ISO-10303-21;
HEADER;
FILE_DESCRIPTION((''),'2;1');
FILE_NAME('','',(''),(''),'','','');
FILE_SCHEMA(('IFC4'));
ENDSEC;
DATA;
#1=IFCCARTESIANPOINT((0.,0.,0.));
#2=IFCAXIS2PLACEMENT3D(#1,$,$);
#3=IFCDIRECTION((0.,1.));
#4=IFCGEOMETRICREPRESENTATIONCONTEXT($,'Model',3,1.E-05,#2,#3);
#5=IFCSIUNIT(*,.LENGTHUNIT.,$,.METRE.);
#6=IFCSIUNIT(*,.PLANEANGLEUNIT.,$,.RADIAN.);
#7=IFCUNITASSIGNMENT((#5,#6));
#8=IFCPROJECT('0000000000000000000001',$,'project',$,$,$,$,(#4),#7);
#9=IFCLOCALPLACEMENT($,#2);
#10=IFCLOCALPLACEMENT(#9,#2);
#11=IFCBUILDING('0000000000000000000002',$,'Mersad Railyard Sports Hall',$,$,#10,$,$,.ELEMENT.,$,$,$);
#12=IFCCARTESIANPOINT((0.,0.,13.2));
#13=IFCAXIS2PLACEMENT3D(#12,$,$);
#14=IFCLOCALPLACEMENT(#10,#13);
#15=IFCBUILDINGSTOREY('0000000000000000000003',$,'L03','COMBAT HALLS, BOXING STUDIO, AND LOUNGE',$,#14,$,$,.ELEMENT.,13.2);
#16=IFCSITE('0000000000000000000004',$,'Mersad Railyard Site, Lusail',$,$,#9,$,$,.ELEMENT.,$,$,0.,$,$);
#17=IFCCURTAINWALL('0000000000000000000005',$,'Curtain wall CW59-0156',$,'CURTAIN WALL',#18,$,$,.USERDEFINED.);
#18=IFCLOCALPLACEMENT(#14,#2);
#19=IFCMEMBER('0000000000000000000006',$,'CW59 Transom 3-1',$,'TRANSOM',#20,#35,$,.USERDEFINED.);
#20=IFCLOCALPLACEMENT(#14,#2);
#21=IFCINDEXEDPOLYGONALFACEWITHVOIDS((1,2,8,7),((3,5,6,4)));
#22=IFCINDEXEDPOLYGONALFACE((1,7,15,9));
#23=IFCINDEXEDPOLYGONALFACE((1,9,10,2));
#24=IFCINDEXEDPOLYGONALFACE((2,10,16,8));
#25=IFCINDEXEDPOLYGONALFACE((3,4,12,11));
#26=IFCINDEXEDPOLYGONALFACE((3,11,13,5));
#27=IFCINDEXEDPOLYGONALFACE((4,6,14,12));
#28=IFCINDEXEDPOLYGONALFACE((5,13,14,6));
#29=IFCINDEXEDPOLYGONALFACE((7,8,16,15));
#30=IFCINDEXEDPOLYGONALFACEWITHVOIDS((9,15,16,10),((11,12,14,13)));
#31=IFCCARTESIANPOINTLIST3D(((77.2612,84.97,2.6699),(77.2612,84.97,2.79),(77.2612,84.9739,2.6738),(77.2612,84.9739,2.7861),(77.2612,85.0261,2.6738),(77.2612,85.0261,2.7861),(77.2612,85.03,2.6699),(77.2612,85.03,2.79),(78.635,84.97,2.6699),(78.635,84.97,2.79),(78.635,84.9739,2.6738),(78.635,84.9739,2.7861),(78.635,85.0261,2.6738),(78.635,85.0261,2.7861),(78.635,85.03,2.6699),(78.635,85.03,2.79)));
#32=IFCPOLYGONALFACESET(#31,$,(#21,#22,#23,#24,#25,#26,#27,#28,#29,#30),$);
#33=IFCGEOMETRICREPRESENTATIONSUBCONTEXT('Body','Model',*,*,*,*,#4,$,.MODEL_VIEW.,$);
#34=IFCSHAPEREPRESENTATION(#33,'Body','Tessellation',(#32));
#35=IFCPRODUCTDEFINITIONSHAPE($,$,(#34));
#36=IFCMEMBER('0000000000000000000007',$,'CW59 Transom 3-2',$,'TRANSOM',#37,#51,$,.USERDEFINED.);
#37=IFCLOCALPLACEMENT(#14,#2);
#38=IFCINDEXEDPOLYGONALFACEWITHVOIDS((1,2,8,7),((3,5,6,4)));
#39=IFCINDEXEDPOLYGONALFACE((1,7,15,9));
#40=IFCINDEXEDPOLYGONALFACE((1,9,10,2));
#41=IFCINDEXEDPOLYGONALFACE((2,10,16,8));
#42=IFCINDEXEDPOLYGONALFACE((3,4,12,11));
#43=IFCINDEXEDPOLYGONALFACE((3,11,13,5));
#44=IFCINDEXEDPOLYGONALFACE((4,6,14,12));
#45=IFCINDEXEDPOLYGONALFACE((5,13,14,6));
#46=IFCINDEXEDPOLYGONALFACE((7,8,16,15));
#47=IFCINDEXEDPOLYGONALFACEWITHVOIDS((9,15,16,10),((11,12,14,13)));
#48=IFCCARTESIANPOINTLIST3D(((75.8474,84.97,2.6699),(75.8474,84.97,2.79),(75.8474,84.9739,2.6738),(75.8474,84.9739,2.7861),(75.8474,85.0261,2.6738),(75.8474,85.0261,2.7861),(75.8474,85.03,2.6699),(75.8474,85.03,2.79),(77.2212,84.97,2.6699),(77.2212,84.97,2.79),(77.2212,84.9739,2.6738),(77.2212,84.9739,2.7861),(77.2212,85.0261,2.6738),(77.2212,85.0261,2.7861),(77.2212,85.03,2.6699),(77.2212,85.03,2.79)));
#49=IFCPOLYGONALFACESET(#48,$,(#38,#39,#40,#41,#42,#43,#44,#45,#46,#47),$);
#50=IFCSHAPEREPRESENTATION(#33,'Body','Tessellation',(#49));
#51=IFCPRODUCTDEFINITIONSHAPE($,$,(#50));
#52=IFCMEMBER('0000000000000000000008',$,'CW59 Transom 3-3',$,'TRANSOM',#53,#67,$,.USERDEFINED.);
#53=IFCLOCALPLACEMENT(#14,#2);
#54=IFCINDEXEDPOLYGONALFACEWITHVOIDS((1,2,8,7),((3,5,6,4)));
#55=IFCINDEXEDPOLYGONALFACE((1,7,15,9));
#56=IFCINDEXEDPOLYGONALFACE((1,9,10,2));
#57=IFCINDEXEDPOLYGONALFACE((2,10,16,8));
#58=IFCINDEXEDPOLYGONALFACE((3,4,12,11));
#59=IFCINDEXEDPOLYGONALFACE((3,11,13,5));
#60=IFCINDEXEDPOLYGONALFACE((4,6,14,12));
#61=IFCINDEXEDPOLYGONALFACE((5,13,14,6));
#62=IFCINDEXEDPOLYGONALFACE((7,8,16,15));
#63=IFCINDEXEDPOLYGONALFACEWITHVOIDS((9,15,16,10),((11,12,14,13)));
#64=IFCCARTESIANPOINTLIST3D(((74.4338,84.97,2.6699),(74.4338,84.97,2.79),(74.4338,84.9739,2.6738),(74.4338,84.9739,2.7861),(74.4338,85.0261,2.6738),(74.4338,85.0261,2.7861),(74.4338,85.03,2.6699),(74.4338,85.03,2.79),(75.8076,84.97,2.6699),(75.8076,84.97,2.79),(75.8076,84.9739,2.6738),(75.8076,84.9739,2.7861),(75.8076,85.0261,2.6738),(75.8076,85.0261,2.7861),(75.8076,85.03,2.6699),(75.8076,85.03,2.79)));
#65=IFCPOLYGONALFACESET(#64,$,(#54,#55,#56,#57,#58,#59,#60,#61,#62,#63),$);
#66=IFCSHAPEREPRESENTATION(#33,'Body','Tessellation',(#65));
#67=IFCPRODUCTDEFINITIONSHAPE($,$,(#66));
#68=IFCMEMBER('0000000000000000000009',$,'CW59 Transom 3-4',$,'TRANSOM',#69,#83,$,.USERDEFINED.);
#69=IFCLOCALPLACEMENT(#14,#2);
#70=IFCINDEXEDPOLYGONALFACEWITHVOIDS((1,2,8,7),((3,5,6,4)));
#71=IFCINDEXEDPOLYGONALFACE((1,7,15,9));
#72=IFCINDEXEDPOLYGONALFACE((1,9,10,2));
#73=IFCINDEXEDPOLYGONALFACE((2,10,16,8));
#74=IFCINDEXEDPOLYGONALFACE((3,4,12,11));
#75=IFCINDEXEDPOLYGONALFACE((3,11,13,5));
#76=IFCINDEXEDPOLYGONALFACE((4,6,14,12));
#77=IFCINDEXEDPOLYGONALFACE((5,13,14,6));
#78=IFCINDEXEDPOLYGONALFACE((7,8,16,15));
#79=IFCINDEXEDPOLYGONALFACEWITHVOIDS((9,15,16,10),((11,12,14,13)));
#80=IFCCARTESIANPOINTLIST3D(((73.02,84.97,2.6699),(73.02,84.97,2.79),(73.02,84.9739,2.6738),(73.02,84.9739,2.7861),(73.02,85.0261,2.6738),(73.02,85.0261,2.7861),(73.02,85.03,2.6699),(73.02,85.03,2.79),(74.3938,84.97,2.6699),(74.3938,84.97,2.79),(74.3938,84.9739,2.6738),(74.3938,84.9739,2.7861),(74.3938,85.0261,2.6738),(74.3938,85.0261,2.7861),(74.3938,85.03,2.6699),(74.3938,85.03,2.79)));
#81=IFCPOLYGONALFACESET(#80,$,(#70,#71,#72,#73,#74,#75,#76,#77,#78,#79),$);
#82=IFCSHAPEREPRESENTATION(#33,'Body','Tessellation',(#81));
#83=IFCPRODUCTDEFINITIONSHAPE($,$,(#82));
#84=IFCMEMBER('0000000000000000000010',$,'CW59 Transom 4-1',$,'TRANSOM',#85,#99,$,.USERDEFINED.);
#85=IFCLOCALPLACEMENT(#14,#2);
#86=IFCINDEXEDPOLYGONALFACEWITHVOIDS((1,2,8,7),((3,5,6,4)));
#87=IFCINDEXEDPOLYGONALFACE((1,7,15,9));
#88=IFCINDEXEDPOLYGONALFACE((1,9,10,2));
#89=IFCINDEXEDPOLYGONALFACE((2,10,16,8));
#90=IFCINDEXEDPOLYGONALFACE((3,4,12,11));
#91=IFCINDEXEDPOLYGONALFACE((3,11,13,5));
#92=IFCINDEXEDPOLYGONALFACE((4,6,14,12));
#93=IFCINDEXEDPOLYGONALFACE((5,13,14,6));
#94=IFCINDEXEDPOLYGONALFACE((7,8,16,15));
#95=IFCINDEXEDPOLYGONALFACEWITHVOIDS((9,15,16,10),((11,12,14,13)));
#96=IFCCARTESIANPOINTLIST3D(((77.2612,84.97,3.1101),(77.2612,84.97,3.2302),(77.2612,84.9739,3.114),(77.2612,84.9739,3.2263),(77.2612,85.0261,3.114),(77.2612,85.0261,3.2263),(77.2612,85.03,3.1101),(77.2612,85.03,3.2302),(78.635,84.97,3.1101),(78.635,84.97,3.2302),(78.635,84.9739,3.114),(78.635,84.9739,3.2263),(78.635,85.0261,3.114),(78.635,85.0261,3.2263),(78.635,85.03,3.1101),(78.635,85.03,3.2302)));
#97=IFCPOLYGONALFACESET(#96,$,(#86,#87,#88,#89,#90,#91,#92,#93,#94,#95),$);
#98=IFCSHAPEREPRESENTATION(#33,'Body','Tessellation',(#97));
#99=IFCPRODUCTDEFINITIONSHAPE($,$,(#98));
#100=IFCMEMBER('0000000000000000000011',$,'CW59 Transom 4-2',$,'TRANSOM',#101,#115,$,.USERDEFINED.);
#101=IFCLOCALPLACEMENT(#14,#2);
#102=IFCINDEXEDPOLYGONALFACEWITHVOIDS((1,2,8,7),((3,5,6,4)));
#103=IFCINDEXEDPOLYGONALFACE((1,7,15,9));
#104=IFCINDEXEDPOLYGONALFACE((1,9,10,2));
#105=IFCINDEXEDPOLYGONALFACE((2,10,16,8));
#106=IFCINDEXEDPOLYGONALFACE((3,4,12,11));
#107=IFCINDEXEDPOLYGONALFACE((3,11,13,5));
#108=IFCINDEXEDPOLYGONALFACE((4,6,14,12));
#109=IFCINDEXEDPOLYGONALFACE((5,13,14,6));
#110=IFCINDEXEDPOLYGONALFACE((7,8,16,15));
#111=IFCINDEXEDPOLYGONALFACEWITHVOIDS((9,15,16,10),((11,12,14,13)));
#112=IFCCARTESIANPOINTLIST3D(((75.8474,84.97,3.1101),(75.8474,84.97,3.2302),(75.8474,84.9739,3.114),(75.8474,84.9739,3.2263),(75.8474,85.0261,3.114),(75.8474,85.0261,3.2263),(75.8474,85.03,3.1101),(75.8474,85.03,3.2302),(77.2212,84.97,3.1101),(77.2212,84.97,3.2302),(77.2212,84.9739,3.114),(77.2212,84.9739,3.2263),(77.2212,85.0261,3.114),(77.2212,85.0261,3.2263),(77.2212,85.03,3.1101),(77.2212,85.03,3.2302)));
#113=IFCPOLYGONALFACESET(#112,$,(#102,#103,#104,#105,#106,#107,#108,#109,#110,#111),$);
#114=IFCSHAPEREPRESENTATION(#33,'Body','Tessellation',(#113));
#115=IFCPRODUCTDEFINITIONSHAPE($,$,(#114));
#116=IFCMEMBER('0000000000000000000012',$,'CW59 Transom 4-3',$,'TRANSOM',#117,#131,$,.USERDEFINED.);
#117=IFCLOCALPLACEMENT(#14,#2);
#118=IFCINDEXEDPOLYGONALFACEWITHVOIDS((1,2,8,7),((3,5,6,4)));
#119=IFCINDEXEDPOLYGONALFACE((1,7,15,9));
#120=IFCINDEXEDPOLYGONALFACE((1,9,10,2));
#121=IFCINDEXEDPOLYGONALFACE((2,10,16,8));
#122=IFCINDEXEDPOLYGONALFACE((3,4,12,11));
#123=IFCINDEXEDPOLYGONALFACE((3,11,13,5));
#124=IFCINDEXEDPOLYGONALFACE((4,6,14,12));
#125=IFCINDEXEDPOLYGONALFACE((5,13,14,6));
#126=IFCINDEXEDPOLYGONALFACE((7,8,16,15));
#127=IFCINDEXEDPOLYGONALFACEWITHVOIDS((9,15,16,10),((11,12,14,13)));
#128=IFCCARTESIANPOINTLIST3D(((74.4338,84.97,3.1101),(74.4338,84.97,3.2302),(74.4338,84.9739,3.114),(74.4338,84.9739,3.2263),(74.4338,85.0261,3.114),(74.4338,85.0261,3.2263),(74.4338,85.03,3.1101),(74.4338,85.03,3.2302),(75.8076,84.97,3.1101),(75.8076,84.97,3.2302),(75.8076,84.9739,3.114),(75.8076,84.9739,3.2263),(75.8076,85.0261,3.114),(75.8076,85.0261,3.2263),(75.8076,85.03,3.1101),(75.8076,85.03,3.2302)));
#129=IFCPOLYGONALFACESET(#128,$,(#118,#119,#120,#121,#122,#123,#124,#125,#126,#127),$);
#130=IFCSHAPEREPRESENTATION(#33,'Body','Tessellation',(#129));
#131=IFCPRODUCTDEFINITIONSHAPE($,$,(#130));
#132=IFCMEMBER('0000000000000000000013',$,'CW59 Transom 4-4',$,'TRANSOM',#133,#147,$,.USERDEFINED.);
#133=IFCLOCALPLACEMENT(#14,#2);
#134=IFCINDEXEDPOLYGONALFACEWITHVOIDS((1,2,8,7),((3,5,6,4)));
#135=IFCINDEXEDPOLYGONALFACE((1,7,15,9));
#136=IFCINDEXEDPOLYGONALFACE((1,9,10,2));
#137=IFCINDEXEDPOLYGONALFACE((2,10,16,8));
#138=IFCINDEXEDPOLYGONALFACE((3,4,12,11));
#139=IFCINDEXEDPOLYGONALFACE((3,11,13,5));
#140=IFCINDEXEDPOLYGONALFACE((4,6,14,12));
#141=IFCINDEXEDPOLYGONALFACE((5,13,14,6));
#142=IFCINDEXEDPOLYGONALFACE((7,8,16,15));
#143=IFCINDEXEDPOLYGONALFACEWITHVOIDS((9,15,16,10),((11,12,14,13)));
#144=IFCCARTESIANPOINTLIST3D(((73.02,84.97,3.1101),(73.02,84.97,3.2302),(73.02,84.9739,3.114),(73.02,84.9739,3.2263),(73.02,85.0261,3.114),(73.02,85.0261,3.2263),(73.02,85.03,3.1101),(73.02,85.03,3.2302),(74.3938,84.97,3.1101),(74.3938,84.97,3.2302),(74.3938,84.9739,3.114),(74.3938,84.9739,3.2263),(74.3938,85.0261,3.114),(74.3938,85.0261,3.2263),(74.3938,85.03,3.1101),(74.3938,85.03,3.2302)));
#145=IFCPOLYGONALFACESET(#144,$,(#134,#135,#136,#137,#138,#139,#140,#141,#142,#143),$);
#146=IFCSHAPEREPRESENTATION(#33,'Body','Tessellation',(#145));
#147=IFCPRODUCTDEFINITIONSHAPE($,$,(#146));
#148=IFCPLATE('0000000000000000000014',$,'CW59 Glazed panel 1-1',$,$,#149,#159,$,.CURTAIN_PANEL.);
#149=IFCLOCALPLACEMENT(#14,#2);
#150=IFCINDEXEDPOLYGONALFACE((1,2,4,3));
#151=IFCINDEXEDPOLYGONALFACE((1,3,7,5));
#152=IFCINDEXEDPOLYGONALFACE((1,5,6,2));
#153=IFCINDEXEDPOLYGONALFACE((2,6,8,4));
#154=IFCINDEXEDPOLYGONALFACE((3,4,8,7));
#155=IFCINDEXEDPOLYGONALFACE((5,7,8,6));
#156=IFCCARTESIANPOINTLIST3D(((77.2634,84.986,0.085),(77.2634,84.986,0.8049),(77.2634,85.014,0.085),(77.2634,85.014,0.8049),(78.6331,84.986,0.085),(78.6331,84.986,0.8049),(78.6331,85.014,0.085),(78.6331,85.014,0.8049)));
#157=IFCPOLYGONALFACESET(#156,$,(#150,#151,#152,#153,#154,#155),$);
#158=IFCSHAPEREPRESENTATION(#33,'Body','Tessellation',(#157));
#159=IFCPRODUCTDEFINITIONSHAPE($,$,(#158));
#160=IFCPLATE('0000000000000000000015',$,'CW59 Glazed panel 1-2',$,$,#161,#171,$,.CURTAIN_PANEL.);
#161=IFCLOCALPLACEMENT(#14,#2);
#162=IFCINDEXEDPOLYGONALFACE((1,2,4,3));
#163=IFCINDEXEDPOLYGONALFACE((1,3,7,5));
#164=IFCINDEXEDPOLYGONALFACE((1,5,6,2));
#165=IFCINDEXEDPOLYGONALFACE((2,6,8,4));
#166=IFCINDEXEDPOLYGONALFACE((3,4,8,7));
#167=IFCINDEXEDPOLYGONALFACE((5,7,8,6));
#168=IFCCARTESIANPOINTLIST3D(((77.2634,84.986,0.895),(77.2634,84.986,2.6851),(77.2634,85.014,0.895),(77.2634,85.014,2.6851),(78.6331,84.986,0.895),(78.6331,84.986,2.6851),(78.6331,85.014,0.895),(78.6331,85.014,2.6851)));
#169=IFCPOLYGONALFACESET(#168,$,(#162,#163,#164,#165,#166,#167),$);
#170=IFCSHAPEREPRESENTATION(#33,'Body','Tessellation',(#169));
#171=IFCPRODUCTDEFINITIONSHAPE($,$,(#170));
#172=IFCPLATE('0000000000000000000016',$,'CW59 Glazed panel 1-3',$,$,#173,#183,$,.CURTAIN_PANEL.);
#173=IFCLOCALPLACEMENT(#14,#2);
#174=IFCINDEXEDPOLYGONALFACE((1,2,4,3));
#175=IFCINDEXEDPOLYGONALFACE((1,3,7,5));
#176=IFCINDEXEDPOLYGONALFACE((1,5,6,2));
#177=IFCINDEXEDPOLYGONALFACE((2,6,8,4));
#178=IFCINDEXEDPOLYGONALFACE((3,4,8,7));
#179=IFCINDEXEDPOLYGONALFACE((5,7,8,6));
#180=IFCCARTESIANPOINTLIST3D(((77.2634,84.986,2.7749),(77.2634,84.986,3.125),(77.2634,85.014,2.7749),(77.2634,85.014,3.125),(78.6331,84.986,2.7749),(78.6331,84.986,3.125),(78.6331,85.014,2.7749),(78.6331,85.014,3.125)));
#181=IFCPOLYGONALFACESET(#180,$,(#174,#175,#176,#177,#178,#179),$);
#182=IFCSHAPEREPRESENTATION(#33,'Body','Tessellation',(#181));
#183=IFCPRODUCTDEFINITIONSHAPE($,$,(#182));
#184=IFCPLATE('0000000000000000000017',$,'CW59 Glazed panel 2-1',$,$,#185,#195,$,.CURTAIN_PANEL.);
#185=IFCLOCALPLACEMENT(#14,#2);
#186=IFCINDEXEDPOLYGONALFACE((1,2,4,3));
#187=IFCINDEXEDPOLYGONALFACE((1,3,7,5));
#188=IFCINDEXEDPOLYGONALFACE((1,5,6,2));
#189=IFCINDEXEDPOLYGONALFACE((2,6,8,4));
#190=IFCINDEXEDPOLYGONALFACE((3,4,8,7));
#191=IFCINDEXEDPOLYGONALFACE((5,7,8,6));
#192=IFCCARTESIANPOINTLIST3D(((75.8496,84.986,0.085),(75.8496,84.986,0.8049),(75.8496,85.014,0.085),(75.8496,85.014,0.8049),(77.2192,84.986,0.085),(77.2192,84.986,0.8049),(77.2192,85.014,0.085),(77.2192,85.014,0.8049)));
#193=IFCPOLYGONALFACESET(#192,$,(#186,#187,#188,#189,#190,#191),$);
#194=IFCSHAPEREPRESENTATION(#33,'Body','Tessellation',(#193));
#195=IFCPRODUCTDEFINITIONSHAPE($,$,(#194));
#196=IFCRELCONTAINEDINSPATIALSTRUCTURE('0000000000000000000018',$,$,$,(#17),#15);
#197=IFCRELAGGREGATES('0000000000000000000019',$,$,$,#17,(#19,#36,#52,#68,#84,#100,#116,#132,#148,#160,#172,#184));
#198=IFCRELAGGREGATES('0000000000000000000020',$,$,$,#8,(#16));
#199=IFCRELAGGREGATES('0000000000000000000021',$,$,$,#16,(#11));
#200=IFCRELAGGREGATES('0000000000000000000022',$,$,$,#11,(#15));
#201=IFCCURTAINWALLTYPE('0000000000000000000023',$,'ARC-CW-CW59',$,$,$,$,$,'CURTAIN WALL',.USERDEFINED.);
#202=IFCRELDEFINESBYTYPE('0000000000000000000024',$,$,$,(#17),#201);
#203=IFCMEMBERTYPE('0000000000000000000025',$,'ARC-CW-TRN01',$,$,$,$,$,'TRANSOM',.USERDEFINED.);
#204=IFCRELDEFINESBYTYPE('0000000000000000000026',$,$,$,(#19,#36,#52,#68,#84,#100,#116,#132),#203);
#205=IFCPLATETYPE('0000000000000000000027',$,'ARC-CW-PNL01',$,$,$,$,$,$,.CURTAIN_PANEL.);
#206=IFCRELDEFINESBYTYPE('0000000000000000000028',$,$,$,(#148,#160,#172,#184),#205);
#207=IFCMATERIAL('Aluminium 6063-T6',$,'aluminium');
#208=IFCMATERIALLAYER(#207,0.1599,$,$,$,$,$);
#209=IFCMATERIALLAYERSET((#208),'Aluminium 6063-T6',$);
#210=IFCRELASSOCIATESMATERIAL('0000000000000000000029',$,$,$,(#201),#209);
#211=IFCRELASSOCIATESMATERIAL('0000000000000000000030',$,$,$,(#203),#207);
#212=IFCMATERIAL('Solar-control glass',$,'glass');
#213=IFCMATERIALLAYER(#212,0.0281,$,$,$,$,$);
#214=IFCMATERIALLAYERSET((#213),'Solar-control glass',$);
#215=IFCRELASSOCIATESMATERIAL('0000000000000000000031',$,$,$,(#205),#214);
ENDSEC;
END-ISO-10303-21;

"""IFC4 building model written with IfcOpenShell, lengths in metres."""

from ifc_helpers import new_model, si_unit, direction, frame, origin, origin_2d, place, context, subcontext, project, spatial, rectangle, hollow_rectangle, extrude, material, layer, layer_set, material_profile, profile_set, type_object, element, aggregate, save


model = new_model("IFC4")

# Units and contexts
model_context = context("Model", 3, precision=1e-05, world=origin(), true_north=direction((0.0, 1.0)))
body_context = subcontext(model_context, "Body", "Model", "MODEL_VIEW")
ifc_project = project(units=[si_unit("LENGTHUNIT", "METRE"), si_unit("PLANEANGLEUNIT", "RADIAN")], contexts=[model_context])

# Site, building, storey
site_placement = place(None, origin())
site = spatial("IfcSite", under=ifc_project, at=site_placement, Name="Mersad Railyard Site, Lusail", CompositionType="ELEMENT", RefElevation=0.0)
building_placement = place(site_placement, origin())
building = spatial("IfcBuilding", under=site, at=building_placement, Name="Mersad Railyard Sports Hall", CompositionType="ELEMENT")
storey_placement = place(building_placement, frame((0.0, 0.0, 13.2)))
storey = spatial("IfcBuildingStorey", under=building, at=storey_placement, Name="L03", Description="COMBAT HALLS, BOXING STUDIO, AND LOUNGE", CompositionType="ELEMENT", Elevation=13.2)

# Curtain wall, members, plates
ifc_material_1 = material(Name="Aluminium 6063-T6", Category="aluminium")
ifc_layer_1 = layer(ifc_material_1, 0.1599)
ifc_layer_set_1 = layer_set([ifc_layer_1], Name="Aluminium 6063-T6")
curtain_wall_type = type_object("IfcCurtainWallType", Name="ARC-CW-CW59", ElementType="CURTAIN WALL", PredefinedType="USERDEFINED", material=ifc_layer_set_1)
curtain_wall_placement = place(storey_placement, origin())
curtain_wall = element("IfcCurtainWall", 1, at=curtain_wall_placement, inside=storey, type_object=curtain_wall_type, Name="Curtain wall CW59-0156", ObjectType="CURTAIN WALL", PredefinedType="USERDEFINED")
ifc_material_profile_1 = material_profile(ifc_material_1, hollow_rectangle(XDim=0.0601, YDim=0.1201, WallThickness=0.0039, at=origin_2d()), Name="AL TRANSOM 60x120x4")
ifc_profile_set_1 = profile_set([ifc_material_profile_1], Name="Aluminium 6063-T6")
member_type_1 = type_object("IfcMemberType", Name="ARC-CW-TRN01", ElementType="TRANSOM", PredefinedType="USERDEFINED", material=ifc_profile_set_1)
member_1_placement = place(storey_placement, frame((78.635, 85.0, 2.73), z_axis=(-1.0, 0.0, 0.0), x_axis=(0.0, -1.0, 0.0)))
member_1 = element("IfcMember", 2, at=member_1_placement, type_object=member_type_1, Name="CW59 Transom 3-1", ObjectType="TRANSOM", PredefinedType="USERDEFINED", context=body_context, shape_type="SweptSolid", body=[
    extrude(hollow_rectangle(XDim=0.0601, YDim=0.1201, WallThickness=0.0039, at=origin_2d()), origin(), (0.0, 0.0, 1.0), 1.3738),
])
member_2_placement = place(storey_placement, frame((77.2212, 85.0, 2.73), z_axis=(-1.0, 0.0, 0.0), x_axis=(0.0, -1.0, 0.0)))
member_2 = element("IfcMember", 3, at=member_2_placement, type_object=member_type_1, Name="CW59 Transom 3-2", ObjectType="TRANSOM", PredefinedType="USERDEFINED", context=body_context, shape_type="SweptSolid", body=[
    extrude(hollow_rectangle(XDim=0.0601, YDim=0.1201, WallThickness=0.0039, at=origin_2d()), origin(), (0.0, 0.0, 1.0), 1.3738),
])
member_3_placement = place(storey_placement, frame((75.8076, 85.0, 2.73), z_axis=(-1.0, 0.0, 0.0), x_axis=(0.0, -1.0, 0.0)))
member_3 = element("IfcMember", 4, at=member_3_placement, type_object=member_type_1, Name="CW59 Transom 3-3", ObjectType="TRANSOM", PredefinedType="USERDEFINED", context=body_context, shape_type="SweptSolid", body=[
    extrude(hollow_rectangle(XDim=0.0601, YDim=0.1201, WallThickness=0.0039, at=origin_2d()), origin(), (0.0, 0.0, 1.0), 1.3738),
])
member_4_placement = place(storey_placement, frame((74.3938, 85.0, 2.73), z_axis=(-1.0, 0.0, 0.0), x_axis=(0.0, -1.0, 0.0)))
member_4 = element("IfcMember", 5, at=member_4_placement, type_object=member_type_1, Name="CW59 Transom 3-4", ObjectType="TRANSOM", PredefinedType="USERDEFINED", context=body_context, shape_type="SweptSolid", body=[
    extrude(hollow_rectangle(XDim=0.0601, YDim=0.1201, WallThickness=0.0039, at=origin_2d()), origin(), (0.0, 0.0, 1.0), 1.3738),
])
member_5_placement = place(storey_placement, frame((78.635, 85.0, 3.1702), z_axis=(-1.0, 0.0, 0.0), x_axis=(0.0, -1.0, 0.0)))
member_5 = element("IfcMember", 6, at=member_5_placement, type_object=member_type_1, Name="CW59 Transom 4-1", ObjectType="TRANSOM", PredefinedType="USERDEFINED", context=body_context, shape_type="SweptSolid", body=[
    extrude(hollow_rectangle(XDim=0.0601, YDim=0.1201, WallThickness=0.0039, at=origin_2d()), origin(), (0.0, 0.0, 1.0), 1.3738),
])
member_6_placement = place(storey_placement, frame((77.2212, 85.0, 3.1702), z_axis=(-1.0, 0.0, 0.0), x_axis=(0.0, -1.0, 0.0)))
member_6 = element("IfcMember", 7, at=member_6_placement, type_object=member_type_1, Name="CW59 Transom 4-2", ObjectType="TRANSOM", PredefinedType="USERDEFINED", context=body_context, shape_type="SweptSolid", body=[
    extrude(hollow_rectangle(XDim=0.0601, YDim=0.1201, WallThickness=0.0039, at=origin_2d()), origin(), (0.0, 0.0, 1.0), 1.3738),
])
member_7_placement = place(storey_placement, frame((75.8076, 85.0, 3.1702), z_axis=(-1.0, 0.0, 0.0), x_axis=(0.0, -1.0, 0.0)))
member_7 = element("IfcMember", 8, at=member_7_placement, type_object=member_type_1, Name="CW59 Transom 4-3", ObjectType="TRANSOM", PredefinedType="USERDEFINED", context=body_context, shape_type="SweptSolid", body=[
    extrude(hollow_rectangle(XDim=0.0601, YDim=0.1201, WallThickness=0.0039, at=origin_2d()), origin(), (0.0, 0.0, 1.0), 1.3738),
])
member_8_placement = place(storey_placement, frame((74.3938, 85.0, 3.1702), z_axis=(-1.0, 0.0, 0.0), x_axis=(0.0, -1.0, 0.0)))
member_8 = element("IfcMember", 9, at=member_8_placement, type_object=member_type_1, Name="CW59 Transom 4-4", ObjectType="TRANSOM", PredefinedType="USERDEFINED", context=body_context, shape_type="SweptSolid", body=[
    extrude(hollow_rectangle(XDim=0.0601, YDim=0.1201, WallThickness=0.0039, at=origin_2d()), origin(), (0.0, 0.0, 1.0), 1.3738),
])
ifc_material_2 = material(Name="Solar-control glass", Category="glass")
ifc_layer_2 = layer(ifc_material_2, 0.0281)
ifc_layer_set_2 = layer_set([ifc_layer_2], Name="Solar-control glass")
plate_type = type_object("IfcPlateType", Name="ARC-CW-PNL01", PredefinedType="CURTAIN_PANEL", material=ifc_layer_set_2)
plate_1_placement = place(storey_placement, frame((77.9482, 85.0, 0.085), z_axis=(0.0, 0.0, 1.0), x_axis=(-1.0, 0.0, 0.0)))
plate_1 = element("IfcPlate", 10, at=plate_1_placement, type_object=plate_type, Name="CW59 Glazed panel 1-1", PredefinedType="CURTAIN_PANEL", context=body_context, shape_type="SweptSolid", body=[
    extrude(rectangle(XDim=1.3696, YDim=0.0281, at=origin_2d()), origin(), (0.0, 0.0, 1.0), 0.72),
])
plate_2_placement = place(storey_placement, frame((77.9482, 85.0, 0.895), z_axis=(0.0, 0.0, 1.0), x_axis=(-1.0, 0.0, 0.0)))
plate_2 = element("IfcPlate", 11, at=plate_2_placement, type_object=plate_type, Name="CW59 Glazed panel 1-2", PredefinedType="CURTAIN_PANEL", context=body_context, shape_type="SweptSolid", body=[
    extrude(rectangle(XDim=1.3696, YDim=0.0281, at=origin_2d()), origin(), (0.0, 0.0, 1.0), 1.79),
])
plate_3_placement = place(storey_placement, frame((77.9482, 85.0, 2.7749), z_axis=(0.0, 0.0, 1.0), x_axis=(-1.0, 0.0, 0.0)))
plate_3 = element("IfcPlate", 12, at=plate_3_placement, type_object=plate_type, Name="CW59 Glazed panel 1-3", PredefinedType="CURTAIN_PANEL", context=body_context, shape_type="SweptSolid", body=[
    extrude(rectangle(XDim=1.3696, YDim=0.0281, at=origin_2d()), origin(), (0.0, 0.0, 1.0), 0.3501),
])
plate_4_placement = place(storey_placement, frame((76.5344, 85.0, 0.085), z_axis=(0.0, 0.0, 1.0), x_axis=(-1.0, 0.0, 0.0)))
plate_4 = element("IfcPlate", 13, at=plate_4_placement, type_object=plate_type, Name="CW59 Glazed panel 2-1", PredefinedType="CURTAIN_PANEL", context=body_context, shape_type="SweptSolid", body=[
    extrude(rectangle(XDim=1.3696, YDim=0.0281, at=origin_2d()), origin(), (0.0, 0.0, 1.0), 0.72),
])
aggregate(curtain_wall, [member_1, member_2, member_3, member_4, member_5, member_6, member_7, member_8, plate_1, plate_2, plate_3, plate_4])

save(model, "model.ifc")
